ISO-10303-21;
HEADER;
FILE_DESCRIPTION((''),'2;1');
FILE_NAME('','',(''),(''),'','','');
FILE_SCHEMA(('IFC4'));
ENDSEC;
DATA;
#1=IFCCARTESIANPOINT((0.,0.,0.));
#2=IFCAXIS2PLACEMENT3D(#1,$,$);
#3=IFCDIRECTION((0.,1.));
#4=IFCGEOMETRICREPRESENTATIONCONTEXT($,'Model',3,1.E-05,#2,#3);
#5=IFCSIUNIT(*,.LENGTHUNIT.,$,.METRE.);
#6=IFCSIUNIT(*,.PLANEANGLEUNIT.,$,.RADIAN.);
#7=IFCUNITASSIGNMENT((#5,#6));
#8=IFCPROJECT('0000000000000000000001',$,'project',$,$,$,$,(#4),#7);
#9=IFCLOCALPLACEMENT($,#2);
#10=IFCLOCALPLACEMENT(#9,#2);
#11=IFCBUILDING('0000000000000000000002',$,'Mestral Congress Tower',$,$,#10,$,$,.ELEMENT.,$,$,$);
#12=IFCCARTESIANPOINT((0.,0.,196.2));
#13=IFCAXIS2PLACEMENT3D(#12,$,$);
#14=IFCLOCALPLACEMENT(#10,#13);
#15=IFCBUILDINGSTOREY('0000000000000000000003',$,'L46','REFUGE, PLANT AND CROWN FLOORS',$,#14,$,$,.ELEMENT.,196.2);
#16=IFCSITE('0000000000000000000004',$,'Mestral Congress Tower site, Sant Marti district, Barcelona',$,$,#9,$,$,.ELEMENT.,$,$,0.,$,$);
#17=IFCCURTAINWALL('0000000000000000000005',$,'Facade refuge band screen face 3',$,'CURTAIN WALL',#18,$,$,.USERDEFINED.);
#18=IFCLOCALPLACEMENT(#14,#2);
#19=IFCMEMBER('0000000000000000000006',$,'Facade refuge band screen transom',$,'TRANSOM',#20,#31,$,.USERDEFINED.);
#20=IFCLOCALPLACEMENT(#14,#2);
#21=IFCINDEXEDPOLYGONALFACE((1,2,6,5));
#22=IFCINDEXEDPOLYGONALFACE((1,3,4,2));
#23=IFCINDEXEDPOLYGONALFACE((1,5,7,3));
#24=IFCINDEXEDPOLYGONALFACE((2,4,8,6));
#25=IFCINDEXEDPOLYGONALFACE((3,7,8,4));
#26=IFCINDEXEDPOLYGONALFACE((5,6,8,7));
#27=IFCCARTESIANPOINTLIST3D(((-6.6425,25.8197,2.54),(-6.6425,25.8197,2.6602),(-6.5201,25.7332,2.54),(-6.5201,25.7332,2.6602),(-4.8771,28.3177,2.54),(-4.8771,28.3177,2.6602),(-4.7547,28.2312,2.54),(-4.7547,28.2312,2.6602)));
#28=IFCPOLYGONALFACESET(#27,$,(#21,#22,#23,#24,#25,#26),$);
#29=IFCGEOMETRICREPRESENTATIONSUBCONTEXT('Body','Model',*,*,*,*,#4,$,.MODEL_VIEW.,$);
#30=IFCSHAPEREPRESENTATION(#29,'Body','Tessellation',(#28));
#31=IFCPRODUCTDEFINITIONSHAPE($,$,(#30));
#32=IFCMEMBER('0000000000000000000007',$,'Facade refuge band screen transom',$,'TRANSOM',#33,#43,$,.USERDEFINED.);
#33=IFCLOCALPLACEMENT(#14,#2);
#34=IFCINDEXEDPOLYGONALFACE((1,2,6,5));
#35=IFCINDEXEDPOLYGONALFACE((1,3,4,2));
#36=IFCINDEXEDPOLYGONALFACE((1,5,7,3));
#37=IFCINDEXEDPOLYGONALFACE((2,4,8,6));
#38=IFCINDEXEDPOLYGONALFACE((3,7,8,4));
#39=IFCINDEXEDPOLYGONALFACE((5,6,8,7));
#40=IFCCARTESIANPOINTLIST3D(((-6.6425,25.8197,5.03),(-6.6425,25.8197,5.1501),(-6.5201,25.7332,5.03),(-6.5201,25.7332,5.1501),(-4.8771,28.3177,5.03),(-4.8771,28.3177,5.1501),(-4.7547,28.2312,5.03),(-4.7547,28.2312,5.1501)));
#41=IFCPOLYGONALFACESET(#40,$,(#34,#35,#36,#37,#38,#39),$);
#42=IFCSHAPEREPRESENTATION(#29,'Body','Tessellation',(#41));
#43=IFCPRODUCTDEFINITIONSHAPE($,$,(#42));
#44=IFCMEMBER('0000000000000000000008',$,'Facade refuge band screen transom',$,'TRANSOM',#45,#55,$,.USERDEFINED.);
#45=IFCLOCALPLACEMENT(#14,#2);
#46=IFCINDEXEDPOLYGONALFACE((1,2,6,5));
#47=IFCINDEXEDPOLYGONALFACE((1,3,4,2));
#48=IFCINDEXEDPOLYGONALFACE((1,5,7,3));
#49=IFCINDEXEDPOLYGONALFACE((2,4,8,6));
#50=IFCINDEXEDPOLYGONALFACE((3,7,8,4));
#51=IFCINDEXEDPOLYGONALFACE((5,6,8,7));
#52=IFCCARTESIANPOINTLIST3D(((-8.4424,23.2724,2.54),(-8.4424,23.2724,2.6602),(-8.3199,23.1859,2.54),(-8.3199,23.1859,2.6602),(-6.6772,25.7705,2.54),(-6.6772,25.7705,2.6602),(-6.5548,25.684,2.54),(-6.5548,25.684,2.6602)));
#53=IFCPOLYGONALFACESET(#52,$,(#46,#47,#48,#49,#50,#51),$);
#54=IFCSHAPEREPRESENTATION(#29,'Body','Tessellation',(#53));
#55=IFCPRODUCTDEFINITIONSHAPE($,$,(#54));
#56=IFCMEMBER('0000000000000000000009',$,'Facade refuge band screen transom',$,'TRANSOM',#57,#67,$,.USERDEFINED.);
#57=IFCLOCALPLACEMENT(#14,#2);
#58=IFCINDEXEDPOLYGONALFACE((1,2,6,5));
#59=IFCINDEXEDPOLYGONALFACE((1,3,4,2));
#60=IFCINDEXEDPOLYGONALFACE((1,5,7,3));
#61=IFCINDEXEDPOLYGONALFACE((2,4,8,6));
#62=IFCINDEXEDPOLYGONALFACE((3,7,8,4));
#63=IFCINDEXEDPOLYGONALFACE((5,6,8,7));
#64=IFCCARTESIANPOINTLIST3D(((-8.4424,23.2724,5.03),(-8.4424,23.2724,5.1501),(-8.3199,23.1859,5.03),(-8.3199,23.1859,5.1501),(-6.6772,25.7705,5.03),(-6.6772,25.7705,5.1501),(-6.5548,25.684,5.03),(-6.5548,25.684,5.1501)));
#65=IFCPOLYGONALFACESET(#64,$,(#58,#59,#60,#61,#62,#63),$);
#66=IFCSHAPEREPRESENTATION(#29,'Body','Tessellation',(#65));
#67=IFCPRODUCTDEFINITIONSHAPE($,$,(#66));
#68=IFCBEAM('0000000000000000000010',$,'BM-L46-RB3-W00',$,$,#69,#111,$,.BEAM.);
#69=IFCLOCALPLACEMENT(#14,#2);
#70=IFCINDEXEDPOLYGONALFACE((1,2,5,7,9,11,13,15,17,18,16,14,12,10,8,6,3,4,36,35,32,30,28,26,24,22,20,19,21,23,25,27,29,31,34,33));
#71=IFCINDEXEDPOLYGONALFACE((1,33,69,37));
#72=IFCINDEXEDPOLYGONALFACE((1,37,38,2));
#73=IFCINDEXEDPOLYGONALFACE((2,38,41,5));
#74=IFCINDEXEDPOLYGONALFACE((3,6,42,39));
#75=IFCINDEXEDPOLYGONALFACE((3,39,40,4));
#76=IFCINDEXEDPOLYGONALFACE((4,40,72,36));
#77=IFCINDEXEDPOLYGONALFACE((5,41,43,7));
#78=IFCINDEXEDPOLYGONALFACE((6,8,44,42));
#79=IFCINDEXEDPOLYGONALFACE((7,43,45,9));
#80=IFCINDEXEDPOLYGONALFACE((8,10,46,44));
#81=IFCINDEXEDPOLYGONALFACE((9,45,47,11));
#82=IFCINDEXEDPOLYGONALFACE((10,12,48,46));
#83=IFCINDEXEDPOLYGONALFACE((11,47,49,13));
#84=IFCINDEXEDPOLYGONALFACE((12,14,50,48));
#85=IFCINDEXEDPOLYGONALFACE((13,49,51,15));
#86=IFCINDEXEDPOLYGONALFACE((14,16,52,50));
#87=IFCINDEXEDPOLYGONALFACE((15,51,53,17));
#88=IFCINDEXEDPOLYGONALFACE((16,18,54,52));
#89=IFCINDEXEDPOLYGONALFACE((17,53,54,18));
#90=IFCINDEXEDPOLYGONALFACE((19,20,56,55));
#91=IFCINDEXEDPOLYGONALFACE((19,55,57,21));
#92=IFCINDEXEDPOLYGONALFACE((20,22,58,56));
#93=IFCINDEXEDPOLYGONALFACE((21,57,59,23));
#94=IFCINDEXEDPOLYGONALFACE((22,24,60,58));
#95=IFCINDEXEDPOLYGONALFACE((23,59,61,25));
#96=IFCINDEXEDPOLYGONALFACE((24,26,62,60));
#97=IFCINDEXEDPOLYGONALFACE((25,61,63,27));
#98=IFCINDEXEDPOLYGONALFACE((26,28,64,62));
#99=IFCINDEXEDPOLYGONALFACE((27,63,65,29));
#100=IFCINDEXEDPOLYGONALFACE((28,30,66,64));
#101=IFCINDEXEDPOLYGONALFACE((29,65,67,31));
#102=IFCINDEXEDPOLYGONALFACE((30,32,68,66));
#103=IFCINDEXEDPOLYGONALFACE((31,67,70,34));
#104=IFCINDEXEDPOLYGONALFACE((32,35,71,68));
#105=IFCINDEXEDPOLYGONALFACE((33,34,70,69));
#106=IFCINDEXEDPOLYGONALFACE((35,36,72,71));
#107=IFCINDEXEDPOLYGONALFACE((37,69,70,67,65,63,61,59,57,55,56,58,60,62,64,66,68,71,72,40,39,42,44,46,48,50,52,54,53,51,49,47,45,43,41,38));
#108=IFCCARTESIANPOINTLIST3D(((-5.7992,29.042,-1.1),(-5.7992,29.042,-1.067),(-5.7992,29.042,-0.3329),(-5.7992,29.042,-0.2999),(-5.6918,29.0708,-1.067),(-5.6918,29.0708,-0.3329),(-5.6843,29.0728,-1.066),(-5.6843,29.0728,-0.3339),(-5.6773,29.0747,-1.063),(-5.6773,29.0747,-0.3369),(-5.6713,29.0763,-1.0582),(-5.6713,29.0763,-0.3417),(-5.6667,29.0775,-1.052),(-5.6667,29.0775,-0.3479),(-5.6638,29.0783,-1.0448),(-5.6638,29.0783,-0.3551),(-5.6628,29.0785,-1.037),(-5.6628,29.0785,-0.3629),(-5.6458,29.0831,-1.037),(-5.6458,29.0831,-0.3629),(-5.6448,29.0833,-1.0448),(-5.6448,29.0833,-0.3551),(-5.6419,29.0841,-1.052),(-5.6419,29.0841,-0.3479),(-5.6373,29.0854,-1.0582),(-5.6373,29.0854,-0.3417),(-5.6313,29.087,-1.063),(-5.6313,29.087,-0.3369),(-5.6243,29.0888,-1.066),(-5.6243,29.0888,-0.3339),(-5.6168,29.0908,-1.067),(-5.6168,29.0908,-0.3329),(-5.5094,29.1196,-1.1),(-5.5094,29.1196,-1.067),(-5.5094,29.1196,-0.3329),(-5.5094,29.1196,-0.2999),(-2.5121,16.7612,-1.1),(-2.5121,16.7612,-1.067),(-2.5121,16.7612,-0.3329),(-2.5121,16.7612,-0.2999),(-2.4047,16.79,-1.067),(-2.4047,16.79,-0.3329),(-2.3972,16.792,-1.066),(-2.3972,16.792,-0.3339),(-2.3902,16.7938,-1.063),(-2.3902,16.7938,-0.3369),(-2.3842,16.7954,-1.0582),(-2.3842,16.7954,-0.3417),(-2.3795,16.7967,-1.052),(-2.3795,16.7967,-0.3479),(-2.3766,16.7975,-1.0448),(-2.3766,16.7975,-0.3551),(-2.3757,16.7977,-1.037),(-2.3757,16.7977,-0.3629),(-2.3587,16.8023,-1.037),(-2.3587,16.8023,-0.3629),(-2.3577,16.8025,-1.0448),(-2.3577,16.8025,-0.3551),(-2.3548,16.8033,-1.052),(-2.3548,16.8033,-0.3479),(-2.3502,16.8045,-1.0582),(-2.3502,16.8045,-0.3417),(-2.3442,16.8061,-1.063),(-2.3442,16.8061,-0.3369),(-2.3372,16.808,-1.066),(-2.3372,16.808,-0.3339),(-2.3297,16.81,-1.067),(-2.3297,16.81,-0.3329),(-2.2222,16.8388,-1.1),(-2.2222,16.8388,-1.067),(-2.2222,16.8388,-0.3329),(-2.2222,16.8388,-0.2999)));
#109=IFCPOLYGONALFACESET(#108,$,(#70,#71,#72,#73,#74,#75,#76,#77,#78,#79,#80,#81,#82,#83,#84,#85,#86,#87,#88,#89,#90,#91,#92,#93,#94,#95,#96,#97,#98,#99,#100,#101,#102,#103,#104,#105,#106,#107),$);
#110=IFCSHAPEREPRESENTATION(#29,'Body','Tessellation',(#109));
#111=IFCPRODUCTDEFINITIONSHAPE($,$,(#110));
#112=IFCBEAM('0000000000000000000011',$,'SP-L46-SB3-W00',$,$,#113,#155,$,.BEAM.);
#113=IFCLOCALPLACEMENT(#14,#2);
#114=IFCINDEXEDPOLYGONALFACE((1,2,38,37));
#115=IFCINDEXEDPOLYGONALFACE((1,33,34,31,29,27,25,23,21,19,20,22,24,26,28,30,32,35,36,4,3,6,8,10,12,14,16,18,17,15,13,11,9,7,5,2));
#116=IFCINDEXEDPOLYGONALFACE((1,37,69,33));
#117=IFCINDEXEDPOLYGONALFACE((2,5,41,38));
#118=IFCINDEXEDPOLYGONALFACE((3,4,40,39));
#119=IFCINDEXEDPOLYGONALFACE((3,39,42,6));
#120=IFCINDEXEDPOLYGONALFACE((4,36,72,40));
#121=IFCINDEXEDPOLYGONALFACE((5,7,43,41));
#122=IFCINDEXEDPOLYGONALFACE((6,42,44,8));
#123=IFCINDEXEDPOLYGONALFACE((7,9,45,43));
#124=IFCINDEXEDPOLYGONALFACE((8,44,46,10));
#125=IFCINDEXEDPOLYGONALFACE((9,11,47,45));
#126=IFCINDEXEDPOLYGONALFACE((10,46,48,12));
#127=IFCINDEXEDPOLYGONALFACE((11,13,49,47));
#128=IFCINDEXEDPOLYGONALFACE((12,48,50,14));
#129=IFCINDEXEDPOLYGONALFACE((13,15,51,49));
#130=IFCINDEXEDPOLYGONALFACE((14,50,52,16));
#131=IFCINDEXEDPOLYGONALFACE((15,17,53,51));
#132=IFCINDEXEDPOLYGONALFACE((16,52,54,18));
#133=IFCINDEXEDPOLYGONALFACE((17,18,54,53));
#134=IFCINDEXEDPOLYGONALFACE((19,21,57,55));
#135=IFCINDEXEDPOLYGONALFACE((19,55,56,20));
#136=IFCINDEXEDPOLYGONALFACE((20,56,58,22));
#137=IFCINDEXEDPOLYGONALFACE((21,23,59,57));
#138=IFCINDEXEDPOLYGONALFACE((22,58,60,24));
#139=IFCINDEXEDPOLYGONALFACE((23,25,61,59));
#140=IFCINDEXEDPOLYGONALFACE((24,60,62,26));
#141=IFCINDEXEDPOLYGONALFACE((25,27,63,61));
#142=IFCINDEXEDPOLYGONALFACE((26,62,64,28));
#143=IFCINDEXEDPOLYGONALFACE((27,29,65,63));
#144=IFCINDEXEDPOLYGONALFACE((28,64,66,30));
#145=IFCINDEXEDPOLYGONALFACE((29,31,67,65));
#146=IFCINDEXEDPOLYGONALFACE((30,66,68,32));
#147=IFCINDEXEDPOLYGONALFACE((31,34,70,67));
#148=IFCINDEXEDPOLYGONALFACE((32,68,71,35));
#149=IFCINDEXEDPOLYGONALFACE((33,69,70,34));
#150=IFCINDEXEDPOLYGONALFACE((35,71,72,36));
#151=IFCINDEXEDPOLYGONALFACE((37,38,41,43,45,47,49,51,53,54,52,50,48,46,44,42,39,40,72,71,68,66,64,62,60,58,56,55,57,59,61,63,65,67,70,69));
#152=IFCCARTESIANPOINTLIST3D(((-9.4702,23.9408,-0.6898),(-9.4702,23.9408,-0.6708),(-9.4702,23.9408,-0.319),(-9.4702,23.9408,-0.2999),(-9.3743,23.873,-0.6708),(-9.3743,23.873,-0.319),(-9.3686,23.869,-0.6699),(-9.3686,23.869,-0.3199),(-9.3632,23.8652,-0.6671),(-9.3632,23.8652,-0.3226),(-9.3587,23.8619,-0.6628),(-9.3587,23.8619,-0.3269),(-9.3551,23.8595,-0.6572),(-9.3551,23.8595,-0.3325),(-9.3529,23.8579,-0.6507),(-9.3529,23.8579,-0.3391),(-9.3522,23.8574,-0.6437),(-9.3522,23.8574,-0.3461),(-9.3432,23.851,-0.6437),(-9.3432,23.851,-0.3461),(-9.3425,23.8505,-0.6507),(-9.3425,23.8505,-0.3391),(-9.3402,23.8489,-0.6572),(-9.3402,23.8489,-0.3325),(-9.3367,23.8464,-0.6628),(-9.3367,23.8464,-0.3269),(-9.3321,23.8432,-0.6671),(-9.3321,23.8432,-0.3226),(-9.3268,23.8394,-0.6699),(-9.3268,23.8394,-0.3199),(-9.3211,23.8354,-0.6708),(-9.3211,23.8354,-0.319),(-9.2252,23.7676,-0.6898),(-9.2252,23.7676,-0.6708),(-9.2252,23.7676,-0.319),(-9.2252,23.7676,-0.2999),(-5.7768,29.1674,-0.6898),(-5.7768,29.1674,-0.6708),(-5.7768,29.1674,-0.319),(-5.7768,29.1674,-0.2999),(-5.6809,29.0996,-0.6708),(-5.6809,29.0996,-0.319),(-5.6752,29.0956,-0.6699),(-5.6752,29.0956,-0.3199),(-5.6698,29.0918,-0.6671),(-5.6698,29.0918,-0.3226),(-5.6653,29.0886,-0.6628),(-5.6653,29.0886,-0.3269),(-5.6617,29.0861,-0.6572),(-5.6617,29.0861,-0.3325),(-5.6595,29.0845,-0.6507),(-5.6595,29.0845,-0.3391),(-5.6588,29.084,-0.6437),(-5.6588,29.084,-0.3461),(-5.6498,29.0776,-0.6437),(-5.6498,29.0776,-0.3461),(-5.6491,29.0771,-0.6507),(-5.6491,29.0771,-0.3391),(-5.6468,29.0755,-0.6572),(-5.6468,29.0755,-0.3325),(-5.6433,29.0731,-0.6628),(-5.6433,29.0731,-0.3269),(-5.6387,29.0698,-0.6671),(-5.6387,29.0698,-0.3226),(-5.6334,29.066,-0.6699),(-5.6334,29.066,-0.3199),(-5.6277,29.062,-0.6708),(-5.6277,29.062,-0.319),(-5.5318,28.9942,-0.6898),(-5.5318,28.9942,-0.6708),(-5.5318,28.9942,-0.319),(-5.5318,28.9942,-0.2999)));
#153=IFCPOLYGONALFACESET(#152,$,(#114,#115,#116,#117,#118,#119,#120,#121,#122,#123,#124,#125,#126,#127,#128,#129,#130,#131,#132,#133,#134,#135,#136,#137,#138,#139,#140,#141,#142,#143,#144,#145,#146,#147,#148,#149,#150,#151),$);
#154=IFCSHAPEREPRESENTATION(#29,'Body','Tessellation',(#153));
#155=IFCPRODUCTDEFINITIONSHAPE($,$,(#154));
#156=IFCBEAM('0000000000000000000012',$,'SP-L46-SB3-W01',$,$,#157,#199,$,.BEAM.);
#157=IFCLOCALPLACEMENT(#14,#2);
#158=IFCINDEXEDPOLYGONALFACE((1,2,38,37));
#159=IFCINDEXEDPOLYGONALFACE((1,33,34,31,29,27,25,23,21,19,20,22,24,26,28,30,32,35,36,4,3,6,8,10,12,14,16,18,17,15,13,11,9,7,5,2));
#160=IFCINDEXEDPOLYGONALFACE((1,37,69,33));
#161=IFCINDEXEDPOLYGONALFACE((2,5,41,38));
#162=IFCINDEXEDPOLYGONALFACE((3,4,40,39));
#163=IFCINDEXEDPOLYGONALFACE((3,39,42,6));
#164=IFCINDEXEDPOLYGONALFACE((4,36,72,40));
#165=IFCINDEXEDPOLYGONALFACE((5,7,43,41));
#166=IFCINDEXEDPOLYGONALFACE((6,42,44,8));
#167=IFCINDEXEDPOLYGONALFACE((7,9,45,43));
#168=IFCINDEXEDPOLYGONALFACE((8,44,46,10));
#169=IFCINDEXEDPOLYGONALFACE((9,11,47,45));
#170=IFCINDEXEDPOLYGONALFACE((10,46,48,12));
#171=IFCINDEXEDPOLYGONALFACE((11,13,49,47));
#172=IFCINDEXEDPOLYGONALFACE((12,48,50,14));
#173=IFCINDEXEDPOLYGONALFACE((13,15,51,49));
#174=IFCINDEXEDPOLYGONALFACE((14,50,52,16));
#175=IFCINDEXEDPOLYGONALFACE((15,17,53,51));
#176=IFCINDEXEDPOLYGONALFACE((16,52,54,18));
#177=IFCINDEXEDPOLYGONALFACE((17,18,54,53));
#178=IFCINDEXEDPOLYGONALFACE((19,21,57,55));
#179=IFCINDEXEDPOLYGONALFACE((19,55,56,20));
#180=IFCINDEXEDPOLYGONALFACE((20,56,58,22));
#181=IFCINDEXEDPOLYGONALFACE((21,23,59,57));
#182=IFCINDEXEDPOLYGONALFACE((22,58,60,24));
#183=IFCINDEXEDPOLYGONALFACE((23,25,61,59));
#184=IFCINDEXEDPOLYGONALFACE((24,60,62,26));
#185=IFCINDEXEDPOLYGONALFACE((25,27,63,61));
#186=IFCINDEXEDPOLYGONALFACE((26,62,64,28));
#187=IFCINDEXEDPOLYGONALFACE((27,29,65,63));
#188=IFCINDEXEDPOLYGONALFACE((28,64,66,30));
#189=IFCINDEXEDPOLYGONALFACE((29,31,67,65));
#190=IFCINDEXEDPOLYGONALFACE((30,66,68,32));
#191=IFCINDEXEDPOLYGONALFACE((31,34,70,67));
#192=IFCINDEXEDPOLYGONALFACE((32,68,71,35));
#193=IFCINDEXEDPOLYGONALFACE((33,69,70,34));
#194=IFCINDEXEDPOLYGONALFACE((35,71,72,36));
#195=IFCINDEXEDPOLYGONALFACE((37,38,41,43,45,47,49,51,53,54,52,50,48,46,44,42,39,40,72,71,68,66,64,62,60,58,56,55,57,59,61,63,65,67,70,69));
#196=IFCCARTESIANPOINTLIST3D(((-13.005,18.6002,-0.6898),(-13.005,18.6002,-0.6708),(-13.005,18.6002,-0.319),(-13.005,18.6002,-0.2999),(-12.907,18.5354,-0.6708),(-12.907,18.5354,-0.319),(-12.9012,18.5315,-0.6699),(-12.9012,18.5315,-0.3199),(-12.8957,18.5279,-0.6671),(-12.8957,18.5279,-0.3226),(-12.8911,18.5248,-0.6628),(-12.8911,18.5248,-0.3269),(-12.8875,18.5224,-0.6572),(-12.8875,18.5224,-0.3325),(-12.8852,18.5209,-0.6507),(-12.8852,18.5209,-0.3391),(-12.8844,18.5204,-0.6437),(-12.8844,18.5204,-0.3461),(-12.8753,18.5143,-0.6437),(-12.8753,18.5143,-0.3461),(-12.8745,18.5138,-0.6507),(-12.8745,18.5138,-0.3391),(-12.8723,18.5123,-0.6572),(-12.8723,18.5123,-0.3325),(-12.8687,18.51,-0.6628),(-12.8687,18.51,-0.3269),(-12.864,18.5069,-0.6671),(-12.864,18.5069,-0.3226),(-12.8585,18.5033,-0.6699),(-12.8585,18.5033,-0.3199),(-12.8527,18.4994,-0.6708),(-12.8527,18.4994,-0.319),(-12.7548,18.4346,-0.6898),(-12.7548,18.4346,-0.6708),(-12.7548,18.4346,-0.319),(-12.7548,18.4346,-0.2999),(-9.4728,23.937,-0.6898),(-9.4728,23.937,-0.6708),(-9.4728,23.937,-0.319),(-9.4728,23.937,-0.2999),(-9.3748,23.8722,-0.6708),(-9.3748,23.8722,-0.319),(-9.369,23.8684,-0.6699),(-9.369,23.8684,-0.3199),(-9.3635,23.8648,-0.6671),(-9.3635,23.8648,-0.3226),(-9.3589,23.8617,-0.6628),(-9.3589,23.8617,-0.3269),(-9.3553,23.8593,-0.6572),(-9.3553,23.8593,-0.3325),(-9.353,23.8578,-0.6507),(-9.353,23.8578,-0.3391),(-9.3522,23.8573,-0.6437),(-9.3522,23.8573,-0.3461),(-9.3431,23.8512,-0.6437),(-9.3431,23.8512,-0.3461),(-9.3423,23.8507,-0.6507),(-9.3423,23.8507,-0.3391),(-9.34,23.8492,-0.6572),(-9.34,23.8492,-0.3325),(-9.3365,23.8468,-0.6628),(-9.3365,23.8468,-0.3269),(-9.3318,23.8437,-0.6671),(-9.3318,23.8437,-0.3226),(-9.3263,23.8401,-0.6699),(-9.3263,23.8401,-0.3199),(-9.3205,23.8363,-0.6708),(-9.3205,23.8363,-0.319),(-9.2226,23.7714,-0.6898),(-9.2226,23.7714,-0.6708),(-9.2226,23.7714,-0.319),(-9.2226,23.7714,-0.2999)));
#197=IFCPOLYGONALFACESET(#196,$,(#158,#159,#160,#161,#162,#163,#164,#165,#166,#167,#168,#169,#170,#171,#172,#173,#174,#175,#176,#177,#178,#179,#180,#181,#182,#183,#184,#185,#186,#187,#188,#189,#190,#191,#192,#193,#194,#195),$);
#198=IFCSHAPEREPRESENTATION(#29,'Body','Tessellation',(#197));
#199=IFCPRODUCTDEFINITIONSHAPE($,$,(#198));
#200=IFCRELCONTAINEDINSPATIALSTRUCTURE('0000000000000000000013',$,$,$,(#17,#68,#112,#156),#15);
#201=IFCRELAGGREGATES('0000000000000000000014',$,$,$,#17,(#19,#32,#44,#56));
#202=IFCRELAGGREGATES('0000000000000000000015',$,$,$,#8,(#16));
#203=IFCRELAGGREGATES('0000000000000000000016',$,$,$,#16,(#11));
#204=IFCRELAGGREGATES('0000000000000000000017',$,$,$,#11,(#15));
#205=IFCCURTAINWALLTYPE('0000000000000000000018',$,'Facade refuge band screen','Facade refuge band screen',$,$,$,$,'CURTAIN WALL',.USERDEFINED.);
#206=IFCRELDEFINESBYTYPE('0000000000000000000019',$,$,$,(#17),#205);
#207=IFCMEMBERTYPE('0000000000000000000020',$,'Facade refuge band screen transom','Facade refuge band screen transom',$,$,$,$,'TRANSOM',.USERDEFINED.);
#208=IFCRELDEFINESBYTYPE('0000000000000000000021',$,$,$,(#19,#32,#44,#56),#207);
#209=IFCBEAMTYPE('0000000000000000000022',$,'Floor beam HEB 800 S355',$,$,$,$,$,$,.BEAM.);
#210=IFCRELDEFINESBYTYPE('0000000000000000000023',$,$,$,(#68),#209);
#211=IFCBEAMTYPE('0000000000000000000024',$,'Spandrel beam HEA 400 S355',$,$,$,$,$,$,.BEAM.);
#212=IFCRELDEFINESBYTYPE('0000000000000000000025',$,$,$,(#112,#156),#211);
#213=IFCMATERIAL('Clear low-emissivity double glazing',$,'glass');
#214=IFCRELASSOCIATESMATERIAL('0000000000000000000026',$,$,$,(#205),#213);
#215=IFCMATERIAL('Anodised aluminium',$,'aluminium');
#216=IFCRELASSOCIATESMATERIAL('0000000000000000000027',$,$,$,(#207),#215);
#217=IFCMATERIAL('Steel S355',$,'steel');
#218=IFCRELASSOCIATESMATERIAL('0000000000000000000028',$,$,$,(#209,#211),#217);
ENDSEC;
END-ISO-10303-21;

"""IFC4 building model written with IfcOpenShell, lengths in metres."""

from ifc_helpers import new_model, si_unit, direction, frame, origin, origin_2d, place, context, subcontext, project, spatial, rectangle, i_section, extrude, material, material_profile, profile_set, type_object, element, aggregate, save


model = new_model("IFC4")

# Units and contexts
model_context = context("Model", 3, precision=1e-05, world=origin(), true_north=direction((0.0, 1.0)))
body_context = subcontext(model_context, "Body", "Model", "MODEL_VIEW")
ifc_project = project(units=[si_unit("LENGTHUNIT", "METRE"), si_unit("PLANEANGLEUNIT", "RADIAN")], contexts=[model_context])

# Site, building, storey
site_placement = place(None, origin())
site = spatial("IfcSite", under=ifc_project, at=site_placement, Name="Mestral Congress Tower site, Sant Marti district, Barcelona", CompositionType="ELEMENT", RefElevation=0.0)
building_placement = place(site_placement, origin())
building = spatial("IfcBuilding", under=site, at=building_placement, Name="Mestral Congress Tower", CompositionType="ELEMENT")
storey_placement = place(building_placement, frame((0.0, 0.0, 196.2)))
storey = spatial("IfcBuildingStorey", under=building, at=storey_placement, Name="L46", Description="REFUGE, PLANT AND CROWN FLOORS", CompositionType="ELEMENT", Elevation=196.2)

# Shared definitions
ifc_material_1 = material(Name="Steel S355", Category="steel")

# Curtain wall
ifc_material_2 = material(Name="Clear low-emissivity double glazing", Category="glass")
curtain_wall_type = type_object("IfcCurtainWallType", Name="Facade refuge band screen", Description="Facade refuge band screen", ElementType="CURTAIN WALL", PredefinedType="USERDEFINED", material=ifc_material_2)
placement = place(storey_placement, origin())
curtain_wall_1 = element("IfcCurtainWall", 1, at=placement, inside=storey, type_object=curtain_wall_type, Name="Facade refuge band screen face 3", ObjectType="CURTAIN WALL", PredefinedType="USERDEFINED")
ifc_material_3 = material(Name="Anodised aluminium", Category="aluminium")

# Members
ifc_material_profile_1 = material_profile(ifc_material_3, rectangle(XDim=0.1499, YDim=0.1201, at=origin_2d()), Name="CW3 transom 150 x 120")
ifc_profile_set_1 = profile_set([ifc_material_profile_1], Name="Anodised aluminium")
member_type_1 = type_object("IfcMemberType", Name="Facade refuge band screen transom", Description="Facade refuge band screen transom", ElementType="TRANSOM", PredefinedType="USERDEFINED", material=ifc_profile_set_1)
member_1_placement = place(storey_placement, frame((-4.8159, 28.2744, 2.6001), z_axis=(-0.577131, -0.816651, 0.0), x_axis=(0.816651, -0.577131, 0.0)))
member_1 = element("IfcMember", 2, at=member_1_placement, type_object=member_type_1, Name="Facade refuge band screen transom", ObjectType="TRANSOM", PredefinedType="USERDEFINED", context=body_context, shape_type="SweptSolid", body=[
    extrude(rectangle(XDim=0.1499, YDim=0.1201, at=origin_2d()), origin(), (0.0, 0.0, 1.0), 3.0588),
])
member_2_placement = place(storey_placement, frame((-4.8159, 28.2744, 5.0901), z_axis=(-0.577131, -0.816651, 0.0), x_axis=(0.816651, -0.577131, 0.0)))
member_2 = element("IfcMember", 3, at=member_2_placement, type_object=member_type_1, Name="Facade refuge band screen transom", ObjectType="TRANSOM", PredefinedType="USERDEFINED", context=body_context, shape_type="SweptSolid", body=[
    extrude(rectangle(XDim=0.1499, YDim=0.1201, at=origin_2d()), origin(), (0.0, 0.0, 1.0), 3.0588),
])
member_3_placement = place(storey_placement, frame((-6.616, 25.7273, 2.6001), z_axis=(-0.577078, -0.816689, 0.0), x_axis=(0.816689, -0.577078, 0.0)))
member_3 = element("IfcMember", 4, at=member_3_placement, type_object=member_type_1, Name="Facade refuge band screen transom", ObjectType="TRANSOM", PredefinedType="USERDEFINED", context=body_context, shape_type="SweptSolid", body=[
    extrude(rectangle(XDim=0.1499, YDim=0.1201, at=origin_2d()), origin(), (0.0, 0.0, 1.0), 3.0588),
])
member_4_placement = place(storey_placement, frame((-6.616, 25.7273, 5.0901), z_axis=(-0.577078, -0.816689, 0.0), x_axis=(0.816689, -0.577078, 0.0)))
member_4 = element("IfcMember", 5, at=member_4_placement, type_object=member_type_1, Name="Facade refuge band screen transom", ObjectType="TRANSOM", PredefinedType="USERDEFINED", context=body_context, shape_type="SweptSolid", body=[
    extrude(rectangle(XDim=0.1499, YDim=0.1201, at=origin_2d()), origin(), (0.0, 0.0, 1.0), 3.0588),
])

# Beams
ifc_material_profile_2 = material_profile(ifc_material_1, i_section(OverallWidth=0.3, OverallDepth=0.8, WebThickness=0.0176, FlangeThickness=0.033, FilletRadius=0.03, at=origin_2d()), Name="HEB 800")
ifc_profile_set_2 = profile_set([ifc_material_profile_2], Name="Steel S355")
beam_type_1 = type_object("IfcBeamType", Name="Floor beam HEB 800 S355", PredefinedType="BEAM", material=ifc_profile_set_2)
beam_placement = place(storey_placement, frame((-5.6543, 29.0808, -0.7), z_axis=(0.258561, -0.965995, 0.0), x_axis=(0.965995, 0.258561, 0.0)))
element("IfcBeam", 6, at=beam_placement, inside=storey, type_object=beam_type_1, Name="BM-L46-RB3-W00", PredefinedType="BEAM", context=body_context, shape_type="SweptSolid", body=[
    extrude(i_section(OverallWidth=0.3, OverallDepth=0.8, WebThickness=0.0176, FlangeThickness=0.033, FilletRadius=0.03, at=origin_2d()), origin(), (0.0, 0.0, 1.0), 12.7131),
])
ifc_material_profile_3 = material_profile(ifc_material_1, i_section(OverallWidth=0.3, OverallDepth=0.3899, WebThickness=0.011, FlangeThickness=0.019, FilletRadius=0.0271, at=origin_2d()), Name="HEA 400")
ifc_profile_set_3 = profile_set([ifc_material_profile_3], Name="Steel S355")
beam_type_2 = type_object("IfcBeamType", Name="Spandrel beam HEA 400 S355", PredefinedType="BEAM", material=ifc_profile_set_3)
for number, where, z_axis, x_axis, name in (
    (7, (-5.6543, 29.0808, -0.4949), (-0.577102, -0.816672, 0.0), (0.816672, -0.577102, 0.0), "SP-L46-SB3-W00"),
    (8, (-9.3477, 23.8542, -0.4949), (-0.551915, -0.8339, 0.0), (0.8339, -0.551915, 0.0), "SP-L46-SB3-W01"),
):
    element("IfcBeam", number, at=place(storey_placement, frame(where, z_axis=z_axis, x_axis=x_axis)), inside=storey, type_object=beam_type_2, Name=name, PredefinedType="BEAM", context=body_context, shape_type="SweptSolid", body=[
        extrude(i_section(OverallWidth=0.3, OverallDepth=0.3899, WebThickness=0.011, FlangeThickness=0.019, FilletRadius=0.0271, at=origin_2d()), origin(), (0.0, 0.0, 1.0), 6.3999),
    ])

aggregate(curtain_wall_1, [member_1, member_2, member_3, member_4])

save(model, "model.ifc")
